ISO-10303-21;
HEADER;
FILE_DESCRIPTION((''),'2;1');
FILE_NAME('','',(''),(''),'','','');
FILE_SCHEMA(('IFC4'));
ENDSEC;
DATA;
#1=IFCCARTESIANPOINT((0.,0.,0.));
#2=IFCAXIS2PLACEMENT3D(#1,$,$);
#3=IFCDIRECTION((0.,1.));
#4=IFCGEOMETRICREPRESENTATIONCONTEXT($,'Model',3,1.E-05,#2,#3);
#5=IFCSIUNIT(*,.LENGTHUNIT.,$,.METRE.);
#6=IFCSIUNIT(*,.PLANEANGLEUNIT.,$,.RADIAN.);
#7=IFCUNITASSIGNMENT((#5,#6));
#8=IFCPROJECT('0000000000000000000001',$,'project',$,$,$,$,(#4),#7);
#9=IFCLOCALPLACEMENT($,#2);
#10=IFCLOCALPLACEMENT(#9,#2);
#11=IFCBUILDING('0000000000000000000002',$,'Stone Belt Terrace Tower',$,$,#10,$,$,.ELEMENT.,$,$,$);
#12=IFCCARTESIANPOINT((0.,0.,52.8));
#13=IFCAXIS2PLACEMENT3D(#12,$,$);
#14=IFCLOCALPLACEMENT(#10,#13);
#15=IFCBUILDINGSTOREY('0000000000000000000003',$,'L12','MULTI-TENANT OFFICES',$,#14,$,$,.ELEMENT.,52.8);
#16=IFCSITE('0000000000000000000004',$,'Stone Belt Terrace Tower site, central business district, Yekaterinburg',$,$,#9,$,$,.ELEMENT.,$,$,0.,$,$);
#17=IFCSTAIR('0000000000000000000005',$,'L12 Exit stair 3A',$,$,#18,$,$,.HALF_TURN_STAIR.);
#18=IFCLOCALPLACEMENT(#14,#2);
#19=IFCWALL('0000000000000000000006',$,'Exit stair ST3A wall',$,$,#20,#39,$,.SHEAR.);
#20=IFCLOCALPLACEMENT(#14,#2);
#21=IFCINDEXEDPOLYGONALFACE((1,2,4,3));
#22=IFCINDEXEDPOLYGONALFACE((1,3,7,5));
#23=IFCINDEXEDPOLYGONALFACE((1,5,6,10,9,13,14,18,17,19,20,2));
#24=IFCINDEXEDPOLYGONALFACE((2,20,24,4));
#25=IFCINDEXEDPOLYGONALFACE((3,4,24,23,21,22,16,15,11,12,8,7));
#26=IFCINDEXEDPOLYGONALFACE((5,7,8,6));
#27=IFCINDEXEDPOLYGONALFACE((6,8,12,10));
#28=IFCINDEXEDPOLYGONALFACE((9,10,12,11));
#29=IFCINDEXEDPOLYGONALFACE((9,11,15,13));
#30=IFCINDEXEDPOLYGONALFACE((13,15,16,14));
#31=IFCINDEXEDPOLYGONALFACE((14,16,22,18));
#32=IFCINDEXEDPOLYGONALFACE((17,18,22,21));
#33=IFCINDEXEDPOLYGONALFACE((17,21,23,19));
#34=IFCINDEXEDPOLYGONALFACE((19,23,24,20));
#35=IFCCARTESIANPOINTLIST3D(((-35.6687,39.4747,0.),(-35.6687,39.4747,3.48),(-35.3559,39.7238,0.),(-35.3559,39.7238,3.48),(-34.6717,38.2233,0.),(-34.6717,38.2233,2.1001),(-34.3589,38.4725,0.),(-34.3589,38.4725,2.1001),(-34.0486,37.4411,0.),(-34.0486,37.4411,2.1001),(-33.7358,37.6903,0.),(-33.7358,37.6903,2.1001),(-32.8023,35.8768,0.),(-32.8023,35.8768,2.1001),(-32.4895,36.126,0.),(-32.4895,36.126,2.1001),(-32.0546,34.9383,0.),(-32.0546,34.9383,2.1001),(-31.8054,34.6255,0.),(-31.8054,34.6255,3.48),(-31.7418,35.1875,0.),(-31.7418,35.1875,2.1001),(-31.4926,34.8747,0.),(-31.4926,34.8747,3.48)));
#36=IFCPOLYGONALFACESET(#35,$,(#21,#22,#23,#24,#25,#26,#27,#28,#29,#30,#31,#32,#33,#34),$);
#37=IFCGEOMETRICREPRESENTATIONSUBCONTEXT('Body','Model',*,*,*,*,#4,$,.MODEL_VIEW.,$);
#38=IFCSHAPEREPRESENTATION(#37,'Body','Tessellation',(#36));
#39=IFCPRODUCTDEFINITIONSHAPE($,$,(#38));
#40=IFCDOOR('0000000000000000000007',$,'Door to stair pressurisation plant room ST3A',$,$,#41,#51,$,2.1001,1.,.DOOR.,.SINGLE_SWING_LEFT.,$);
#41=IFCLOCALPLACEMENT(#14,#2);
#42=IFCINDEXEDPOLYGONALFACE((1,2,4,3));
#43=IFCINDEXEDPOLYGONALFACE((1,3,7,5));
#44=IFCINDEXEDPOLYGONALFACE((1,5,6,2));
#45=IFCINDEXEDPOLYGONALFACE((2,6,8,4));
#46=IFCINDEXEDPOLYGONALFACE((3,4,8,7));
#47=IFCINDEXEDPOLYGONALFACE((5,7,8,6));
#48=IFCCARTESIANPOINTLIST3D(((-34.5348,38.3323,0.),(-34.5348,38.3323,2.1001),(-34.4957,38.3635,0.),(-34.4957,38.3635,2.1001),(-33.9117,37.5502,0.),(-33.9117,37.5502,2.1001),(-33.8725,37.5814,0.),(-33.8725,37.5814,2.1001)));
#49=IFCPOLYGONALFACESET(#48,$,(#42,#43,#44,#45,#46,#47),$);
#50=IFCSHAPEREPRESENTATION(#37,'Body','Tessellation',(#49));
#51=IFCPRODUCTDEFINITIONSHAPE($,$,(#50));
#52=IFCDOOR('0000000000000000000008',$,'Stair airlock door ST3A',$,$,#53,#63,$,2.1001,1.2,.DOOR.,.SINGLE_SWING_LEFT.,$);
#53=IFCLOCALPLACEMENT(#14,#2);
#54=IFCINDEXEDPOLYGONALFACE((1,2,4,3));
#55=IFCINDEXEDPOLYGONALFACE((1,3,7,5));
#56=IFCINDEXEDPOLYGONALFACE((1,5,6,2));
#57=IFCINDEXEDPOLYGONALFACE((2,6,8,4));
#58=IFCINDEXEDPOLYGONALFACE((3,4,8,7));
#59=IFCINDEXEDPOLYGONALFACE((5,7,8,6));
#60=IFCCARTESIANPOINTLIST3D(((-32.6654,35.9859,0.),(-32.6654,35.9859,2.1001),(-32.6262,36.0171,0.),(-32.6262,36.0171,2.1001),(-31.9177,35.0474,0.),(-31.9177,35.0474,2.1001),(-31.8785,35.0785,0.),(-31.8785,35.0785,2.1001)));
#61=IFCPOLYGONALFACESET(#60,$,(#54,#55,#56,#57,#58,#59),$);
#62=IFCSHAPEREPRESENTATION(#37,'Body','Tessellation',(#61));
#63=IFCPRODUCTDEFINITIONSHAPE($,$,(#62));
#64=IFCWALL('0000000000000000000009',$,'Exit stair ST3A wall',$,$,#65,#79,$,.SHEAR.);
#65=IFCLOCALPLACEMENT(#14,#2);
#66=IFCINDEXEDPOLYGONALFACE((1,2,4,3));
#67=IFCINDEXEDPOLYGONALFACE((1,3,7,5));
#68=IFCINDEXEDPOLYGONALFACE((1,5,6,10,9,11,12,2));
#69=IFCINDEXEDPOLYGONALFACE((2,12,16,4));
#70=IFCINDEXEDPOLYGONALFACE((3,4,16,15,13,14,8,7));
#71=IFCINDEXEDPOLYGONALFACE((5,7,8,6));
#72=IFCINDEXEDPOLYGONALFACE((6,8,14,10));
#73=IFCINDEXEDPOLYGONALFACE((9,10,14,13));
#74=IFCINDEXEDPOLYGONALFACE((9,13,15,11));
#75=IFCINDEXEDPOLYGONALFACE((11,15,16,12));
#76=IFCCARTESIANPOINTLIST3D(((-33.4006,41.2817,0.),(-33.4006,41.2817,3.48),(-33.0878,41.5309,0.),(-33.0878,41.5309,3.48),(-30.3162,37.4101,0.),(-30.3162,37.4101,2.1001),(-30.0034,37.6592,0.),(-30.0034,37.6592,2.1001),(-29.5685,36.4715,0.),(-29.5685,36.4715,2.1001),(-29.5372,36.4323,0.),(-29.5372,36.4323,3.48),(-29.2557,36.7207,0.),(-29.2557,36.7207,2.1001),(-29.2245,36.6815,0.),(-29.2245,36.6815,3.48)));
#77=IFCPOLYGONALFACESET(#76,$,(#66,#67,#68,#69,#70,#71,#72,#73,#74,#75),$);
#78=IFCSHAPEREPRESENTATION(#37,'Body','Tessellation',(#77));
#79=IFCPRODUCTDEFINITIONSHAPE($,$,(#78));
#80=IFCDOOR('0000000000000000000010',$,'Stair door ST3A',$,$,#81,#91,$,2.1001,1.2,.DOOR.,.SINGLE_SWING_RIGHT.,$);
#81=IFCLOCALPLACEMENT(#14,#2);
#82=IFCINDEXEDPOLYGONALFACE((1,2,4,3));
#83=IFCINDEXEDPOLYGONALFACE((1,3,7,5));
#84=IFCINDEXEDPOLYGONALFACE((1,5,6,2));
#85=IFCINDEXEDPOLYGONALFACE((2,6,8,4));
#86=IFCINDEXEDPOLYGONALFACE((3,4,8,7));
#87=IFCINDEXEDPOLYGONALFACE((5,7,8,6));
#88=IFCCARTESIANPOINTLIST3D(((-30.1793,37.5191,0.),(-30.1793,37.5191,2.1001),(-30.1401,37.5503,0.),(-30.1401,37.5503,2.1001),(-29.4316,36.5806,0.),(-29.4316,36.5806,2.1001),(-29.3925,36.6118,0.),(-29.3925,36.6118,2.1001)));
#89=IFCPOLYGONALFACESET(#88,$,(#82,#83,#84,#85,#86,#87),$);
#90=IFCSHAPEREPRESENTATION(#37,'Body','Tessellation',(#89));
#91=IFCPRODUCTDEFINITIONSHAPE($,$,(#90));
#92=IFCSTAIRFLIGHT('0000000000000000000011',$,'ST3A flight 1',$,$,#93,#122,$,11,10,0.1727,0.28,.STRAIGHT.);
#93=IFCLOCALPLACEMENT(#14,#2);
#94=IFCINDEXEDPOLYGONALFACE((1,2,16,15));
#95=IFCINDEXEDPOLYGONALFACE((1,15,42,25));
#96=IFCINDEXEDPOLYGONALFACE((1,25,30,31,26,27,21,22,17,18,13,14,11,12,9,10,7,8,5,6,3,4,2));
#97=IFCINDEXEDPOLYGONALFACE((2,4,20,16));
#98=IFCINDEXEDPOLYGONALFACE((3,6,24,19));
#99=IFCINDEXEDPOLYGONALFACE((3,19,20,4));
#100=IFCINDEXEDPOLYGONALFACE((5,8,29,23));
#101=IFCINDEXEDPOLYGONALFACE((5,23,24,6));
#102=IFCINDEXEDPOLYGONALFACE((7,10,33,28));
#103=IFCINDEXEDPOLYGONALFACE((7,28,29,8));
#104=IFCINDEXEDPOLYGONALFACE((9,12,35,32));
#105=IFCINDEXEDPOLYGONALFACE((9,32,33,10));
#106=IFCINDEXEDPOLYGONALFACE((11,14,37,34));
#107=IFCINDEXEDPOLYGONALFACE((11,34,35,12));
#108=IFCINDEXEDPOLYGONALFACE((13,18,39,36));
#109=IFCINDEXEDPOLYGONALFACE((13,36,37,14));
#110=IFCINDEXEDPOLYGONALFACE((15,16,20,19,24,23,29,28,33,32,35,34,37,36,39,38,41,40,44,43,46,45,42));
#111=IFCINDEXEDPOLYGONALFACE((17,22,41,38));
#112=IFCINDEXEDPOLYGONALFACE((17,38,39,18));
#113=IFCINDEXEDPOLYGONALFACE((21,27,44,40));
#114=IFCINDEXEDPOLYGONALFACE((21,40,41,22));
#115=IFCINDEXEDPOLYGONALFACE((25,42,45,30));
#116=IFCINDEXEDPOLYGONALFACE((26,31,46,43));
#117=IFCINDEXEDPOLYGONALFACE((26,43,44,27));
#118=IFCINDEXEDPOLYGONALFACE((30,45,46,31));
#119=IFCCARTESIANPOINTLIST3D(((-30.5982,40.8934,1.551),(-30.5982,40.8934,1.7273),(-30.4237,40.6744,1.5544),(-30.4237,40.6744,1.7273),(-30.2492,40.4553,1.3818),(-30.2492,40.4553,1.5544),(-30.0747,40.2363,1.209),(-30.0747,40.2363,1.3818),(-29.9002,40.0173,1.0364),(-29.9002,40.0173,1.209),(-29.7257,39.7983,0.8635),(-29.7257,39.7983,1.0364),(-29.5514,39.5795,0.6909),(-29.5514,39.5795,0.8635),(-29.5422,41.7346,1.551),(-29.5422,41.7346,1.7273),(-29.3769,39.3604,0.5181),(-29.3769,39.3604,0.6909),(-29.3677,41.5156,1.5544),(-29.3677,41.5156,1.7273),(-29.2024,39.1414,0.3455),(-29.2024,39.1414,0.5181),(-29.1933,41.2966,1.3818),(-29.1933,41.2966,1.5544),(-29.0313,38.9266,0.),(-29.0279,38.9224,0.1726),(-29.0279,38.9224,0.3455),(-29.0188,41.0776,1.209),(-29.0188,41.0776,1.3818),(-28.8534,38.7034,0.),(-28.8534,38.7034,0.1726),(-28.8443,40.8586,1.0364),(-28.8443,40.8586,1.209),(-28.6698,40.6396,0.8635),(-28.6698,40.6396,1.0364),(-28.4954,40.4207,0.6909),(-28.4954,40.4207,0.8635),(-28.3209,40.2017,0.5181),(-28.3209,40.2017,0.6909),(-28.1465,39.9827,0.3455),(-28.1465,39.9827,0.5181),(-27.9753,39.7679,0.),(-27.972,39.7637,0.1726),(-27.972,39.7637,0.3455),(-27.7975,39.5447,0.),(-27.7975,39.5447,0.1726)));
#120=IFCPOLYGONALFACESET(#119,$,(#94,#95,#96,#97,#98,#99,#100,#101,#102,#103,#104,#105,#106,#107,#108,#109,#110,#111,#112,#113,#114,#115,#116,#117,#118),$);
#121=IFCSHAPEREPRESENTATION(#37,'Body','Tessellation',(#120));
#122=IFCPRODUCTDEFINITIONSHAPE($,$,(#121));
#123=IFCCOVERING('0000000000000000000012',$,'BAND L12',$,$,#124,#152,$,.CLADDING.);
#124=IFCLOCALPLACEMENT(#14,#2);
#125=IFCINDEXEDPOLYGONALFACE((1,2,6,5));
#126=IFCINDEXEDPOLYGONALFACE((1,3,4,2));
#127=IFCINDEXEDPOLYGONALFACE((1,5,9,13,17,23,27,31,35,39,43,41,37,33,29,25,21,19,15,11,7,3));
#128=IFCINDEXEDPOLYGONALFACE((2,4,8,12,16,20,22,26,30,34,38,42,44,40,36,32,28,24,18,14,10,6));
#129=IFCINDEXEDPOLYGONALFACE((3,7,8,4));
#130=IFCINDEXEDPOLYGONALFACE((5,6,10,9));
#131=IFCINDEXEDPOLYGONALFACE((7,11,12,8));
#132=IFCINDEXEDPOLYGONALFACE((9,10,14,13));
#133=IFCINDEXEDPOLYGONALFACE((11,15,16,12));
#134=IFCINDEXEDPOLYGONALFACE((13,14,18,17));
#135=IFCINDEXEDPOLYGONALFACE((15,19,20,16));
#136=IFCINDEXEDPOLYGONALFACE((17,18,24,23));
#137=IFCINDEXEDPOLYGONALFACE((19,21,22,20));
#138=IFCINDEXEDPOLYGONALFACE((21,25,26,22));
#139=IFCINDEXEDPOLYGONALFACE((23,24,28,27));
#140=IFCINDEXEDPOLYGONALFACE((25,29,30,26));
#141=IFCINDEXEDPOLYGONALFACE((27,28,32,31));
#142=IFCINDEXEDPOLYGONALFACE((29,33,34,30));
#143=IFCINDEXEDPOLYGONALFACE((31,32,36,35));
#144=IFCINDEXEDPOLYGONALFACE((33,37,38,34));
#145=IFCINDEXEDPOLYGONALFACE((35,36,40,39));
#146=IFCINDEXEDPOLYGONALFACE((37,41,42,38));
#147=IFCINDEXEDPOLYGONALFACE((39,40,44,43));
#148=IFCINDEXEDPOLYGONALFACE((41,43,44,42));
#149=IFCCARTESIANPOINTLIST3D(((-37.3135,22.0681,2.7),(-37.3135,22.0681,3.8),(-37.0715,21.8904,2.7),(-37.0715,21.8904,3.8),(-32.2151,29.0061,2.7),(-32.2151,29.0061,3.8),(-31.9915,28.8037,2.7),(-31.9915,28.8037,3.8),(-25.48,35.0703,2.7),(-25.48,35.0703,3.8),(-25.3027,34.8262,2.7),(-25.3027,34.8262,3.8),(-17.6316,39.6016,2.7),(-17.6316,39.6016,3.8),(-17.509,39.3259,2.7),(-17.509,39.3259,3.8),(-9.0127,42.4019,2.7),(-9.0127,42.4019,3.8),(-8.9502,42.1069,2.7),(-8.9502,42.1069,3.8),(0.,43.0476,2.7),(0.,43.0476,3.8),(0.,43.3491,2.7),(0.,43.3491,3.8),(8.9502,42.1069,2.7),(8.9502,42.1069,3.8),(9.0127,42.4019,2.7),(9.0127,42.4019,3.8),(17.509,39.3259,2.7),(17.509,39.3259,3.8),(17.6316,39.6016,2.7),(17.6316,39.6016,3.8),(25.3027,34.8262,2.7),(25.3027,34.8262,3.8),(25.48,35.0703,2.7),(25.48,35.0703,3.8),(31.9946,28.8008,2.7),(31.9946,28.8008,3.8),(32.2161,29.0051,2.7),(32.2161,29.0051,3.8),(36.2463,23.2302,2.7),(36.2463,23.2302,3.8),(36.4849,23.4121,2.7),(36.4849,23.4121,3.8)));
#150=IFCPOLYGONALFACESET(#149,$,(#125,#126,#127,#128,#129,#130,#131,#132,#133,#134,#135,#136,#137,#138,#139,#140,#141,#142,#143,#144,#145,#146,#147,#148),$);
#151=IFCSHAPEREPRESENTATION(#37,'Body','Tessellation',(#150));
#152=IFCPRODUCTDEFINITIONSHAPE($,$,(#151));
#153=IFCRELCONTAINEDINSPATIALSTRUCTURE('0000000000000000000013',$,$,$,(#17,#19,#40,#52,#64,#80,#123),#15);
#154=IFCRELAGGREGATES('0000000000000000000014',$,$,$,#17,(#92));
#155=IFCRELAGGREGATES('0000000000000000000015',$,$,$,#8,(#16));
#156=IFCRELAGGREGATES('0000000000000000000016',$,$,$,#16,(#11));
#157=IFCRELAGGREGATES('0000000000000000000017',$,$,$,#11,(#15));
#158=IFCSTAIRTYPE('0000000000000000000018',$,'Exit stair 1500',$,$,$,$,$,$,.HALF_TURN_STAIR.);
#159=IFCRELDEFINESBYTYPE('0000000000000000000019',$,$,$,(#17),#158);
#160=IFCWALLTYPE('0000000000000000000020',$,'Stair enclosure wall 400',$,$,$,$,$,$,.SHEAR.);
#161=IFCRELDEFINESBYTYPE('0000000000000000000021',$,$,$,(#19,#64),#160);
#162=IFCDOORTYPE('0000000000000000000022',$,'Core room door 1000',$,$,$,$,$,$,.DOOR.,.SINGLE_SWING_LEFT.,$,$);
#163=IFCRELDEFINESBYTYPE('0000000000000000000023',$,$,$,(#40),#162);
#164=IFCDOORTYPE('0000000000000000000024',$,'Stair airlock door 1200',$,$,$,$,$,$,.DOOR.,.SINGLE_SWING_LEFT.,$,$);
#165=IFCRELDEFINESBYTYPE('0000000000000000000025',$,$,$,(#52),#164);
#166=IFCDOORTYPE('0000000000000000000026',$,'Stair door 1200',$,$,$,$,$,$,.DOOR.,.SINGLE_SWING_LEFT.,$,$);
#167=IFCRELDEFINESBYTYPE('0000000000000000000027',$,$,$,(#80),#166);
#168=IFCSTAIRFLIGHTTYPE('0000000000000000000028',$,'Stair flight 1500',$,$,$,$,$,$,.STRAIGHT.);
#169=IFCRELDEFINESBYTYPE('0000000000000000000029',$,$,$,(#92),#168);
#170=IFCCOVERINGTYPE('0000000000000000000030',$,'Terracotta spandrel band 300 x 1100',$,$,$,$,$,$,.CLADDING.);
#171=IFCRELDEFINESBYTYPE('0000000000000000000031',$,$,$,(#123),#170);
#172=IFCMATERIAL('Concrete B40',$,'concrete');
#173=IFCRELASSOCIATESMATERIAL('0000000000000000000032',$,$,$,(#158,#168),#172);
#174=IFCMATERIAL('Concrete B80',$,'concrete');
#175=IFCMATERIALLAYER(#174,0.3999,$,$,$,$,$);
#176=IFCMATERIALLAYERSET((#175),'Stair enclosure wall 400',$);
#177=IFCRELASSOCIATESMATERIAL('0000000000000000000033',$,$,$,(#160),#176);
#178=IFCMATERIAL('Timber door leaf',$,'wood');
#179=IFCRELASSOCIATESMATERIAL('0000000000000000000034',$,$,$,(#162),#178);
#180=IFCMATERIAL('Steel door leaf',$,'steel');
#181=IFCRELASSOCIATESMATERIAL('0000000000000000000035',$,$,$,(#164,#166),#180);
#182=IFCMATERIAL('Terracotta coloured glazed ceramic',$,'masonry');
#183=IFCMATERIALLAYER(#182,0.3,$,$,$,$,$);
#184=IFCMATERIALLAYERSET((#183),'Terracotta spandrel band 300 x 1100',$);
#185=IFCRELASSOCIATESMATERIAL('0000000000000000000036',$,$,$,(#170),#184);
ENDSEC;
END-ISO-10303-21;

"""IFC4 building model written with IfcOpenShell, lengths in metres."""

from ifc_helpers import new_model, si_unit, direction, frame, frame_2d, origin, place, context, subcontext, project, spatial, polyline, rectangle, outline, extrude, material, layer, layer_set, type_object, element, fill, aggregate, save


model = new_model("IFC4")

# Units and contexts
model_context = context("Model", 3, precision=1e-05, world=origin(), true_north=direction((0.0, 1.0)))
body_context = subcontext(model_context, "Body", "Model", "MODEL_VIEW")
ifc_project = project(units=[si_unit("LENGTHUNIT", "METRE"), si_unit("PLANEANGLEUNIT", "RADIAN")], contexts=[model_context])

# Site, building, storey
site_placement = place(None, origin())
site = spatial("IfcSite", under=ifc_project, at=site_placement, Name="Stone Belt Terrace Tower site, central business district, Yekaterinburg", CompositionType="ELEMENT", RefElevation=0.0)
building_placement = place(site_placement, origin())
building = spatial("IfcBuilding", under=site, at=building_placement, Name="Stone Belt Terrace Tower", CompositionType="ELEMENT")
storey_placement = place(building_placement, frame((0.0, 0.0, 52.8)))
storey = spatial("IfcBuildingStorey", under=building, at=storey_placement, Name="L12", Description="MULTI-TENANT OFFICES", CompositionType="ELEMENT", Elevation=52.8)

# Shared definitions
ifc_material_1 = material(Name="Concrete B80", Category="concrete")

# Shared definitions
ifc_material_2 = material(Name="Concrete B40", Category="concrete")

# Stair
stair_type = type_object("IfcStairType", Name="Exit stair 1500", PredefinedType="HALF_TURN_STAIR", material=ifc_material_2)
stair_1_placement = place(storey_placement, origin())
stair_1 = element("IfcStair", 1, at=stair_1_placement, inside=storey, type_object=stair_type, Name="L12 Exit stair 3A", PredefinedType="HALF_TURN_STAIR")

# Shared definitions
ifc_material_3 = material(Name="Timber door leaf", Category="wood")

# Shared definitions
ifc_layer_1 = layer(ifc_material_1, 0.3999)
ifc_layer_set_1 = layer_set([ifc_layer_1], Name="Stair enclosure wall 400")
wall_type_1 = type_object("IfcWallType", Name="Stair enclosure wall 400", PredefinedType="SHEAR", material=ifc_layer_set_1)

# Wall, openings, doors
wall_1_placement = place(storey_placement, frame((-31.6489, 34.75, 0.0), z_axis=(0.0, 0.0, 1.0), x_axis=(-0.623119, 0.782127, 0.0)))
wall_1 = element("IfcWall", 2, at=wall_1_placement, inside=storey, type_object=wall_type_1, Name="Exit stair ST3A wall", PredefinedType="SHEAR", context=body_context, shape_type="SweptSolid", body=[
    extrude(rectangle(XDim=6.2, YDim=0.3999, at=frame_2d((3.1001, 0.0))), origin(), (0.0, 0.0, 1.0), 3.48),
])
opening_1_placement = place(wall_1_placement, frame((0.3999, 0.0, 0.0)))
opening_1 = element("IfcOpeningElement", 3, at=opening_1_placement, cuts=wall_1, PredefinedType="OPENING", context=body_context, shape_type="SweptSolid", body=[
    extrude(rectangle(XDim=1.2, YDim=2.1001, at=frame_2d((0.6001, 1.05))), frame((0.0, 0.21, 0.0), z_axis=(0.0, -1.0, 0.0), x_axis=(1.0, 0.0, 0.0)), (0.0, 0.0, 1.0), 0.4199),
])
opening_2_placement = place(wall_1_placement, frame((3.6001, 0.0, 0.0)))
opening_2 = element("IfcOpeningElement", 4, at=opening_2_placement, cuts=wall_1, PredefinedType="OPENING", context=body_context, shape_type="SweptSolid", body=[
    extrude(rectangle(XDim=1.0, YDim=2.1001, at=frame_2d((0.5, 1.05))), frame((0.0, 0.21, 0.0), z_axis=(0.0, -1.0, 0.0), x_axis=(1.0, 0.0, 0.0)), (0.0, 0.0, 1.0), 0.4199),
])
door_type_1 = type_object("IfcDoorType", Name="Core room door 1000", OperationType="SINGLE_SWING_LEFT", PredefinedType="DOOR", material=ifc_material_3)
door_1_placement = place(opening_2_placement, origin())
door_1 = element("IfcDoor", 5, at=door_1_placement, inside=storey, type_object=door_type_1, Name="Door to stair pressurisation plant room ST3A", OperationType="SINGLE_SWING_LEFT", OverallHeight=2.1001, OverallWidth=1.0, PredefinedType="DOOR", context=body_context, shape_type="SweptSolid", body=[
    extrude(rectangle(XDim=1.0, YDim=2.1001, at=frame_2d((0.5, 1.05))), frame((0.0, 0.0249, 0.0), z_axis=(0.0, -1.0, 0.0), x_axis=(1.0, 0.0, 0.0)), (0.0, 0.0, 1.0), 0.05),
])
fill(opening_2, door_1)
ifc_material_4 = material(Name="Steel door leaf", Category="steel")
door_type_2 = type_object("IfcDoorType", Name="Stair airlock door 1200", OperationType="SINGLE_SWING_LEFT", PredefinedType="DOOR", material=ifc_material_4)
door_2_placement = place(opening_1_placement, origin())
door_2 = element("IfcDoor", 6, at=door_2_placement, inside=storey, type_object=door_type_2, Name="Stair airlock door ST3A", OperationType="SINGLE_SWING_LEFT", OverallHeight=2.1001, OverallWidth=1.2, PredefinedType="DOOR", context=body_context, shape_type="SweptSolid", body=[
    extrude(rectangle(XDim=1.2, YDim=2.1001, at=frame_2d((0.6001, 1.05))), frame((0.0, 0.0249, 0.0), z_axis=(0.0, -1.0, 0.0), x_axis=(1.0, 0.0, 0.0)), (0.0, 0.0, 1.0), 0.05),
])
fill(opening_1, door_2)

# Wall, opening, door
wall_2_placement = place(storey_placement, frame((-29.3809, 36.5569, 0.0), z_axis=(0.0, 0.0, 1.0), x_axis=(-0.623099, 0.782143, 0.0)))
wall_2 = element("IfcWall", 7, at=wall_2_placement, inside=storey, type_object=wall_type_1, Name="Exit stair ST3A wall", PredefinedType="SHEAR", context=body_context, shape_type="SweptSolid", body=[
    extrude(rectangle(XDim=6.2002, YDim=0.3999, at=frame_2d((3.1001, 0.0))), origin(), (0.0, 0.0, 1.0), 3.48),
])
opening_3_placement = place(wall_2_placement, frame((0.05, 0.0, 0.0)))
opening_3 = element("IfcOpeningElement", 8, at=opening_3_placement, cuts=wall_2, PredefinedType="OPENING", context=body_context, shape_type="SweptSolid", body=[
    extrude(rectangle(XDim=1.2, YDim=2.1001, at=frame_2d((0.6001, 1.05))), frame((0.0, 0.21, 0.0), z_axis=(0.0, -1.0, 0.0), x_axis=(1.0, 0.0, 0.0)), (0.0, 0.0, 1.0), 0.4199),
])
door_type_3 = type_object("IfcDoorType", Name="Stair door 1200", OperationType="SINGLE_SWING_LEFT", PredefinedType="DOOR", material=ifc_material_4)
door_3_placement = place(opening_3_placement, origin())
door_3 = element("IfcDoor", 9, at=door_3_placement, inside=storey, type_object=door_type_3, Name="Stair door ST3A", OperationType="SINGLE_SWING_RIGHT", OverallHeight=2.1001, OverallWidth=1.2, PredefinedType="DOOR", context=body_context, shape_type="SweptSolid", body=[
    extrude(rectangle(XDim=1.2, YDim=2.1001, at=frame_2d((0.6001, 1.05))), frame((0.0, 0.0249, 0.0), z_axis=(0.0, -1.0, 0.0), x_axis=(1.0, 0.0, 0.0)), (0.0, 0.0, 1.0), 0.05),
])
fill(opening_3, door_3)

# Stair flight
stair_flight_type = type_object("IfcStairFlightType", Name="Stair flight 1500", PredefinedType="STRAIGHT", material=ifc_material_2)
stair_flight_placement = place(storey_placement, frame((-28.3254, 39.124, 0.0), z_axis=(0.0, 0.0, 1.0), x_axis=(-0.623121, 0.782125, 0.0)))
stair_flight = element("IfcStairFlight", 10, at=stair_flight_placement, type_object=stair_flight_type, Name="ST3A flight 1", NumberOfRisers=11, NumberOfTreads=10, PredefinedType="STRAIGHT", RiserHeight=0.1727, TreadLength=0.28, context=body_context, shape_type="SweptSolid", body=[
    extrude(outline(polyline([(0.0, 0.0), (0.0, 0.1726), (0.28, 0.1726), (0.28, 0.3455), (0.5601, 0.3455), (0.5601, 0.5181), (0.8401, 0.5181), (0.8401, 0.6909), (1.1201, 0.6909), (1.1201, 0.8635), (1.3999, 0.8635), (1.3999, 1.0364), (1.6799, 1.0364), (1.6799, 1.209), (1.96, 1.209), (1.96, 1.3818), (2.24, 1.3818), (2.24, 1.5544), (2.52, 1.5544), (2.52, 1.7273), (2.8, 1.7273), (2.8, 1.8999), (2.8, 1.551), (0.2854, 0.0), (0.0, 0.0)])), frame((0.0, 0.675, 0.0), z_axis=(0.0, -1.0, 0.0), x_axis=(1.0, 0.0, 0.0)), (0.0, 0.0, 1.0), 1.3501),
])
aggregate(stair_1, [stair_flight])

# Covering
ifc_material_5 = material(Name="Terracotta coloured glazed ceramic", Category="masonry")
ifc_layer_2 = layer(ifc_material_5, 0.3)
ifc_layer_set_2 = layer_set([ifc_layer_2], Name="Terracotta spandrel band 300 x 1100")
covering_type = type_object("IfcCoveringType", Name="Terracotta spandrel band 300 x 1100", PredefinedType="CLADDING", material=ifc_layer_set_2)
covering_placement = place(storey_placement, frame((0.0, 0.0, 2.7)))
element("IfcCovering", 11, at=covering_placement, inside=storey, type_object=covering_type, Name="BAND L12", PredefinedType="CLADDING", context=body_context, shape_type="SweptSolid", body=[
    extrude(outline(polyline([(-37.3135, 22.0681), (-32.2151, 29.0061), (-25.48, 35.0703), (-17.6316, 39.6016), (-9.0127, 42.4019), (0.0, 43.3491), (9.0127, 42.4019), (17.6316, 39.6016), (25.48, 35.0703), (32.2161, 29.0051), (36.4849, 23.4121), (36.2463, 23.2302), (31.9946, 28.8008), (25.3027, 34.8262), (17.509, 39.3259), (8.9502, 42.1069), (0.0, 43.0476), (-8.9502, 42.1069), (-17.509, 39.3259), (-25.3027, 34.8262), (-31.9915, 28.8037), (-37.0715, 21.8904), (-37.3135, 22.0681)])), origin(), (0.0, 0.0, 1.0), 1.1001),
])

save(model, "model.ifc")
